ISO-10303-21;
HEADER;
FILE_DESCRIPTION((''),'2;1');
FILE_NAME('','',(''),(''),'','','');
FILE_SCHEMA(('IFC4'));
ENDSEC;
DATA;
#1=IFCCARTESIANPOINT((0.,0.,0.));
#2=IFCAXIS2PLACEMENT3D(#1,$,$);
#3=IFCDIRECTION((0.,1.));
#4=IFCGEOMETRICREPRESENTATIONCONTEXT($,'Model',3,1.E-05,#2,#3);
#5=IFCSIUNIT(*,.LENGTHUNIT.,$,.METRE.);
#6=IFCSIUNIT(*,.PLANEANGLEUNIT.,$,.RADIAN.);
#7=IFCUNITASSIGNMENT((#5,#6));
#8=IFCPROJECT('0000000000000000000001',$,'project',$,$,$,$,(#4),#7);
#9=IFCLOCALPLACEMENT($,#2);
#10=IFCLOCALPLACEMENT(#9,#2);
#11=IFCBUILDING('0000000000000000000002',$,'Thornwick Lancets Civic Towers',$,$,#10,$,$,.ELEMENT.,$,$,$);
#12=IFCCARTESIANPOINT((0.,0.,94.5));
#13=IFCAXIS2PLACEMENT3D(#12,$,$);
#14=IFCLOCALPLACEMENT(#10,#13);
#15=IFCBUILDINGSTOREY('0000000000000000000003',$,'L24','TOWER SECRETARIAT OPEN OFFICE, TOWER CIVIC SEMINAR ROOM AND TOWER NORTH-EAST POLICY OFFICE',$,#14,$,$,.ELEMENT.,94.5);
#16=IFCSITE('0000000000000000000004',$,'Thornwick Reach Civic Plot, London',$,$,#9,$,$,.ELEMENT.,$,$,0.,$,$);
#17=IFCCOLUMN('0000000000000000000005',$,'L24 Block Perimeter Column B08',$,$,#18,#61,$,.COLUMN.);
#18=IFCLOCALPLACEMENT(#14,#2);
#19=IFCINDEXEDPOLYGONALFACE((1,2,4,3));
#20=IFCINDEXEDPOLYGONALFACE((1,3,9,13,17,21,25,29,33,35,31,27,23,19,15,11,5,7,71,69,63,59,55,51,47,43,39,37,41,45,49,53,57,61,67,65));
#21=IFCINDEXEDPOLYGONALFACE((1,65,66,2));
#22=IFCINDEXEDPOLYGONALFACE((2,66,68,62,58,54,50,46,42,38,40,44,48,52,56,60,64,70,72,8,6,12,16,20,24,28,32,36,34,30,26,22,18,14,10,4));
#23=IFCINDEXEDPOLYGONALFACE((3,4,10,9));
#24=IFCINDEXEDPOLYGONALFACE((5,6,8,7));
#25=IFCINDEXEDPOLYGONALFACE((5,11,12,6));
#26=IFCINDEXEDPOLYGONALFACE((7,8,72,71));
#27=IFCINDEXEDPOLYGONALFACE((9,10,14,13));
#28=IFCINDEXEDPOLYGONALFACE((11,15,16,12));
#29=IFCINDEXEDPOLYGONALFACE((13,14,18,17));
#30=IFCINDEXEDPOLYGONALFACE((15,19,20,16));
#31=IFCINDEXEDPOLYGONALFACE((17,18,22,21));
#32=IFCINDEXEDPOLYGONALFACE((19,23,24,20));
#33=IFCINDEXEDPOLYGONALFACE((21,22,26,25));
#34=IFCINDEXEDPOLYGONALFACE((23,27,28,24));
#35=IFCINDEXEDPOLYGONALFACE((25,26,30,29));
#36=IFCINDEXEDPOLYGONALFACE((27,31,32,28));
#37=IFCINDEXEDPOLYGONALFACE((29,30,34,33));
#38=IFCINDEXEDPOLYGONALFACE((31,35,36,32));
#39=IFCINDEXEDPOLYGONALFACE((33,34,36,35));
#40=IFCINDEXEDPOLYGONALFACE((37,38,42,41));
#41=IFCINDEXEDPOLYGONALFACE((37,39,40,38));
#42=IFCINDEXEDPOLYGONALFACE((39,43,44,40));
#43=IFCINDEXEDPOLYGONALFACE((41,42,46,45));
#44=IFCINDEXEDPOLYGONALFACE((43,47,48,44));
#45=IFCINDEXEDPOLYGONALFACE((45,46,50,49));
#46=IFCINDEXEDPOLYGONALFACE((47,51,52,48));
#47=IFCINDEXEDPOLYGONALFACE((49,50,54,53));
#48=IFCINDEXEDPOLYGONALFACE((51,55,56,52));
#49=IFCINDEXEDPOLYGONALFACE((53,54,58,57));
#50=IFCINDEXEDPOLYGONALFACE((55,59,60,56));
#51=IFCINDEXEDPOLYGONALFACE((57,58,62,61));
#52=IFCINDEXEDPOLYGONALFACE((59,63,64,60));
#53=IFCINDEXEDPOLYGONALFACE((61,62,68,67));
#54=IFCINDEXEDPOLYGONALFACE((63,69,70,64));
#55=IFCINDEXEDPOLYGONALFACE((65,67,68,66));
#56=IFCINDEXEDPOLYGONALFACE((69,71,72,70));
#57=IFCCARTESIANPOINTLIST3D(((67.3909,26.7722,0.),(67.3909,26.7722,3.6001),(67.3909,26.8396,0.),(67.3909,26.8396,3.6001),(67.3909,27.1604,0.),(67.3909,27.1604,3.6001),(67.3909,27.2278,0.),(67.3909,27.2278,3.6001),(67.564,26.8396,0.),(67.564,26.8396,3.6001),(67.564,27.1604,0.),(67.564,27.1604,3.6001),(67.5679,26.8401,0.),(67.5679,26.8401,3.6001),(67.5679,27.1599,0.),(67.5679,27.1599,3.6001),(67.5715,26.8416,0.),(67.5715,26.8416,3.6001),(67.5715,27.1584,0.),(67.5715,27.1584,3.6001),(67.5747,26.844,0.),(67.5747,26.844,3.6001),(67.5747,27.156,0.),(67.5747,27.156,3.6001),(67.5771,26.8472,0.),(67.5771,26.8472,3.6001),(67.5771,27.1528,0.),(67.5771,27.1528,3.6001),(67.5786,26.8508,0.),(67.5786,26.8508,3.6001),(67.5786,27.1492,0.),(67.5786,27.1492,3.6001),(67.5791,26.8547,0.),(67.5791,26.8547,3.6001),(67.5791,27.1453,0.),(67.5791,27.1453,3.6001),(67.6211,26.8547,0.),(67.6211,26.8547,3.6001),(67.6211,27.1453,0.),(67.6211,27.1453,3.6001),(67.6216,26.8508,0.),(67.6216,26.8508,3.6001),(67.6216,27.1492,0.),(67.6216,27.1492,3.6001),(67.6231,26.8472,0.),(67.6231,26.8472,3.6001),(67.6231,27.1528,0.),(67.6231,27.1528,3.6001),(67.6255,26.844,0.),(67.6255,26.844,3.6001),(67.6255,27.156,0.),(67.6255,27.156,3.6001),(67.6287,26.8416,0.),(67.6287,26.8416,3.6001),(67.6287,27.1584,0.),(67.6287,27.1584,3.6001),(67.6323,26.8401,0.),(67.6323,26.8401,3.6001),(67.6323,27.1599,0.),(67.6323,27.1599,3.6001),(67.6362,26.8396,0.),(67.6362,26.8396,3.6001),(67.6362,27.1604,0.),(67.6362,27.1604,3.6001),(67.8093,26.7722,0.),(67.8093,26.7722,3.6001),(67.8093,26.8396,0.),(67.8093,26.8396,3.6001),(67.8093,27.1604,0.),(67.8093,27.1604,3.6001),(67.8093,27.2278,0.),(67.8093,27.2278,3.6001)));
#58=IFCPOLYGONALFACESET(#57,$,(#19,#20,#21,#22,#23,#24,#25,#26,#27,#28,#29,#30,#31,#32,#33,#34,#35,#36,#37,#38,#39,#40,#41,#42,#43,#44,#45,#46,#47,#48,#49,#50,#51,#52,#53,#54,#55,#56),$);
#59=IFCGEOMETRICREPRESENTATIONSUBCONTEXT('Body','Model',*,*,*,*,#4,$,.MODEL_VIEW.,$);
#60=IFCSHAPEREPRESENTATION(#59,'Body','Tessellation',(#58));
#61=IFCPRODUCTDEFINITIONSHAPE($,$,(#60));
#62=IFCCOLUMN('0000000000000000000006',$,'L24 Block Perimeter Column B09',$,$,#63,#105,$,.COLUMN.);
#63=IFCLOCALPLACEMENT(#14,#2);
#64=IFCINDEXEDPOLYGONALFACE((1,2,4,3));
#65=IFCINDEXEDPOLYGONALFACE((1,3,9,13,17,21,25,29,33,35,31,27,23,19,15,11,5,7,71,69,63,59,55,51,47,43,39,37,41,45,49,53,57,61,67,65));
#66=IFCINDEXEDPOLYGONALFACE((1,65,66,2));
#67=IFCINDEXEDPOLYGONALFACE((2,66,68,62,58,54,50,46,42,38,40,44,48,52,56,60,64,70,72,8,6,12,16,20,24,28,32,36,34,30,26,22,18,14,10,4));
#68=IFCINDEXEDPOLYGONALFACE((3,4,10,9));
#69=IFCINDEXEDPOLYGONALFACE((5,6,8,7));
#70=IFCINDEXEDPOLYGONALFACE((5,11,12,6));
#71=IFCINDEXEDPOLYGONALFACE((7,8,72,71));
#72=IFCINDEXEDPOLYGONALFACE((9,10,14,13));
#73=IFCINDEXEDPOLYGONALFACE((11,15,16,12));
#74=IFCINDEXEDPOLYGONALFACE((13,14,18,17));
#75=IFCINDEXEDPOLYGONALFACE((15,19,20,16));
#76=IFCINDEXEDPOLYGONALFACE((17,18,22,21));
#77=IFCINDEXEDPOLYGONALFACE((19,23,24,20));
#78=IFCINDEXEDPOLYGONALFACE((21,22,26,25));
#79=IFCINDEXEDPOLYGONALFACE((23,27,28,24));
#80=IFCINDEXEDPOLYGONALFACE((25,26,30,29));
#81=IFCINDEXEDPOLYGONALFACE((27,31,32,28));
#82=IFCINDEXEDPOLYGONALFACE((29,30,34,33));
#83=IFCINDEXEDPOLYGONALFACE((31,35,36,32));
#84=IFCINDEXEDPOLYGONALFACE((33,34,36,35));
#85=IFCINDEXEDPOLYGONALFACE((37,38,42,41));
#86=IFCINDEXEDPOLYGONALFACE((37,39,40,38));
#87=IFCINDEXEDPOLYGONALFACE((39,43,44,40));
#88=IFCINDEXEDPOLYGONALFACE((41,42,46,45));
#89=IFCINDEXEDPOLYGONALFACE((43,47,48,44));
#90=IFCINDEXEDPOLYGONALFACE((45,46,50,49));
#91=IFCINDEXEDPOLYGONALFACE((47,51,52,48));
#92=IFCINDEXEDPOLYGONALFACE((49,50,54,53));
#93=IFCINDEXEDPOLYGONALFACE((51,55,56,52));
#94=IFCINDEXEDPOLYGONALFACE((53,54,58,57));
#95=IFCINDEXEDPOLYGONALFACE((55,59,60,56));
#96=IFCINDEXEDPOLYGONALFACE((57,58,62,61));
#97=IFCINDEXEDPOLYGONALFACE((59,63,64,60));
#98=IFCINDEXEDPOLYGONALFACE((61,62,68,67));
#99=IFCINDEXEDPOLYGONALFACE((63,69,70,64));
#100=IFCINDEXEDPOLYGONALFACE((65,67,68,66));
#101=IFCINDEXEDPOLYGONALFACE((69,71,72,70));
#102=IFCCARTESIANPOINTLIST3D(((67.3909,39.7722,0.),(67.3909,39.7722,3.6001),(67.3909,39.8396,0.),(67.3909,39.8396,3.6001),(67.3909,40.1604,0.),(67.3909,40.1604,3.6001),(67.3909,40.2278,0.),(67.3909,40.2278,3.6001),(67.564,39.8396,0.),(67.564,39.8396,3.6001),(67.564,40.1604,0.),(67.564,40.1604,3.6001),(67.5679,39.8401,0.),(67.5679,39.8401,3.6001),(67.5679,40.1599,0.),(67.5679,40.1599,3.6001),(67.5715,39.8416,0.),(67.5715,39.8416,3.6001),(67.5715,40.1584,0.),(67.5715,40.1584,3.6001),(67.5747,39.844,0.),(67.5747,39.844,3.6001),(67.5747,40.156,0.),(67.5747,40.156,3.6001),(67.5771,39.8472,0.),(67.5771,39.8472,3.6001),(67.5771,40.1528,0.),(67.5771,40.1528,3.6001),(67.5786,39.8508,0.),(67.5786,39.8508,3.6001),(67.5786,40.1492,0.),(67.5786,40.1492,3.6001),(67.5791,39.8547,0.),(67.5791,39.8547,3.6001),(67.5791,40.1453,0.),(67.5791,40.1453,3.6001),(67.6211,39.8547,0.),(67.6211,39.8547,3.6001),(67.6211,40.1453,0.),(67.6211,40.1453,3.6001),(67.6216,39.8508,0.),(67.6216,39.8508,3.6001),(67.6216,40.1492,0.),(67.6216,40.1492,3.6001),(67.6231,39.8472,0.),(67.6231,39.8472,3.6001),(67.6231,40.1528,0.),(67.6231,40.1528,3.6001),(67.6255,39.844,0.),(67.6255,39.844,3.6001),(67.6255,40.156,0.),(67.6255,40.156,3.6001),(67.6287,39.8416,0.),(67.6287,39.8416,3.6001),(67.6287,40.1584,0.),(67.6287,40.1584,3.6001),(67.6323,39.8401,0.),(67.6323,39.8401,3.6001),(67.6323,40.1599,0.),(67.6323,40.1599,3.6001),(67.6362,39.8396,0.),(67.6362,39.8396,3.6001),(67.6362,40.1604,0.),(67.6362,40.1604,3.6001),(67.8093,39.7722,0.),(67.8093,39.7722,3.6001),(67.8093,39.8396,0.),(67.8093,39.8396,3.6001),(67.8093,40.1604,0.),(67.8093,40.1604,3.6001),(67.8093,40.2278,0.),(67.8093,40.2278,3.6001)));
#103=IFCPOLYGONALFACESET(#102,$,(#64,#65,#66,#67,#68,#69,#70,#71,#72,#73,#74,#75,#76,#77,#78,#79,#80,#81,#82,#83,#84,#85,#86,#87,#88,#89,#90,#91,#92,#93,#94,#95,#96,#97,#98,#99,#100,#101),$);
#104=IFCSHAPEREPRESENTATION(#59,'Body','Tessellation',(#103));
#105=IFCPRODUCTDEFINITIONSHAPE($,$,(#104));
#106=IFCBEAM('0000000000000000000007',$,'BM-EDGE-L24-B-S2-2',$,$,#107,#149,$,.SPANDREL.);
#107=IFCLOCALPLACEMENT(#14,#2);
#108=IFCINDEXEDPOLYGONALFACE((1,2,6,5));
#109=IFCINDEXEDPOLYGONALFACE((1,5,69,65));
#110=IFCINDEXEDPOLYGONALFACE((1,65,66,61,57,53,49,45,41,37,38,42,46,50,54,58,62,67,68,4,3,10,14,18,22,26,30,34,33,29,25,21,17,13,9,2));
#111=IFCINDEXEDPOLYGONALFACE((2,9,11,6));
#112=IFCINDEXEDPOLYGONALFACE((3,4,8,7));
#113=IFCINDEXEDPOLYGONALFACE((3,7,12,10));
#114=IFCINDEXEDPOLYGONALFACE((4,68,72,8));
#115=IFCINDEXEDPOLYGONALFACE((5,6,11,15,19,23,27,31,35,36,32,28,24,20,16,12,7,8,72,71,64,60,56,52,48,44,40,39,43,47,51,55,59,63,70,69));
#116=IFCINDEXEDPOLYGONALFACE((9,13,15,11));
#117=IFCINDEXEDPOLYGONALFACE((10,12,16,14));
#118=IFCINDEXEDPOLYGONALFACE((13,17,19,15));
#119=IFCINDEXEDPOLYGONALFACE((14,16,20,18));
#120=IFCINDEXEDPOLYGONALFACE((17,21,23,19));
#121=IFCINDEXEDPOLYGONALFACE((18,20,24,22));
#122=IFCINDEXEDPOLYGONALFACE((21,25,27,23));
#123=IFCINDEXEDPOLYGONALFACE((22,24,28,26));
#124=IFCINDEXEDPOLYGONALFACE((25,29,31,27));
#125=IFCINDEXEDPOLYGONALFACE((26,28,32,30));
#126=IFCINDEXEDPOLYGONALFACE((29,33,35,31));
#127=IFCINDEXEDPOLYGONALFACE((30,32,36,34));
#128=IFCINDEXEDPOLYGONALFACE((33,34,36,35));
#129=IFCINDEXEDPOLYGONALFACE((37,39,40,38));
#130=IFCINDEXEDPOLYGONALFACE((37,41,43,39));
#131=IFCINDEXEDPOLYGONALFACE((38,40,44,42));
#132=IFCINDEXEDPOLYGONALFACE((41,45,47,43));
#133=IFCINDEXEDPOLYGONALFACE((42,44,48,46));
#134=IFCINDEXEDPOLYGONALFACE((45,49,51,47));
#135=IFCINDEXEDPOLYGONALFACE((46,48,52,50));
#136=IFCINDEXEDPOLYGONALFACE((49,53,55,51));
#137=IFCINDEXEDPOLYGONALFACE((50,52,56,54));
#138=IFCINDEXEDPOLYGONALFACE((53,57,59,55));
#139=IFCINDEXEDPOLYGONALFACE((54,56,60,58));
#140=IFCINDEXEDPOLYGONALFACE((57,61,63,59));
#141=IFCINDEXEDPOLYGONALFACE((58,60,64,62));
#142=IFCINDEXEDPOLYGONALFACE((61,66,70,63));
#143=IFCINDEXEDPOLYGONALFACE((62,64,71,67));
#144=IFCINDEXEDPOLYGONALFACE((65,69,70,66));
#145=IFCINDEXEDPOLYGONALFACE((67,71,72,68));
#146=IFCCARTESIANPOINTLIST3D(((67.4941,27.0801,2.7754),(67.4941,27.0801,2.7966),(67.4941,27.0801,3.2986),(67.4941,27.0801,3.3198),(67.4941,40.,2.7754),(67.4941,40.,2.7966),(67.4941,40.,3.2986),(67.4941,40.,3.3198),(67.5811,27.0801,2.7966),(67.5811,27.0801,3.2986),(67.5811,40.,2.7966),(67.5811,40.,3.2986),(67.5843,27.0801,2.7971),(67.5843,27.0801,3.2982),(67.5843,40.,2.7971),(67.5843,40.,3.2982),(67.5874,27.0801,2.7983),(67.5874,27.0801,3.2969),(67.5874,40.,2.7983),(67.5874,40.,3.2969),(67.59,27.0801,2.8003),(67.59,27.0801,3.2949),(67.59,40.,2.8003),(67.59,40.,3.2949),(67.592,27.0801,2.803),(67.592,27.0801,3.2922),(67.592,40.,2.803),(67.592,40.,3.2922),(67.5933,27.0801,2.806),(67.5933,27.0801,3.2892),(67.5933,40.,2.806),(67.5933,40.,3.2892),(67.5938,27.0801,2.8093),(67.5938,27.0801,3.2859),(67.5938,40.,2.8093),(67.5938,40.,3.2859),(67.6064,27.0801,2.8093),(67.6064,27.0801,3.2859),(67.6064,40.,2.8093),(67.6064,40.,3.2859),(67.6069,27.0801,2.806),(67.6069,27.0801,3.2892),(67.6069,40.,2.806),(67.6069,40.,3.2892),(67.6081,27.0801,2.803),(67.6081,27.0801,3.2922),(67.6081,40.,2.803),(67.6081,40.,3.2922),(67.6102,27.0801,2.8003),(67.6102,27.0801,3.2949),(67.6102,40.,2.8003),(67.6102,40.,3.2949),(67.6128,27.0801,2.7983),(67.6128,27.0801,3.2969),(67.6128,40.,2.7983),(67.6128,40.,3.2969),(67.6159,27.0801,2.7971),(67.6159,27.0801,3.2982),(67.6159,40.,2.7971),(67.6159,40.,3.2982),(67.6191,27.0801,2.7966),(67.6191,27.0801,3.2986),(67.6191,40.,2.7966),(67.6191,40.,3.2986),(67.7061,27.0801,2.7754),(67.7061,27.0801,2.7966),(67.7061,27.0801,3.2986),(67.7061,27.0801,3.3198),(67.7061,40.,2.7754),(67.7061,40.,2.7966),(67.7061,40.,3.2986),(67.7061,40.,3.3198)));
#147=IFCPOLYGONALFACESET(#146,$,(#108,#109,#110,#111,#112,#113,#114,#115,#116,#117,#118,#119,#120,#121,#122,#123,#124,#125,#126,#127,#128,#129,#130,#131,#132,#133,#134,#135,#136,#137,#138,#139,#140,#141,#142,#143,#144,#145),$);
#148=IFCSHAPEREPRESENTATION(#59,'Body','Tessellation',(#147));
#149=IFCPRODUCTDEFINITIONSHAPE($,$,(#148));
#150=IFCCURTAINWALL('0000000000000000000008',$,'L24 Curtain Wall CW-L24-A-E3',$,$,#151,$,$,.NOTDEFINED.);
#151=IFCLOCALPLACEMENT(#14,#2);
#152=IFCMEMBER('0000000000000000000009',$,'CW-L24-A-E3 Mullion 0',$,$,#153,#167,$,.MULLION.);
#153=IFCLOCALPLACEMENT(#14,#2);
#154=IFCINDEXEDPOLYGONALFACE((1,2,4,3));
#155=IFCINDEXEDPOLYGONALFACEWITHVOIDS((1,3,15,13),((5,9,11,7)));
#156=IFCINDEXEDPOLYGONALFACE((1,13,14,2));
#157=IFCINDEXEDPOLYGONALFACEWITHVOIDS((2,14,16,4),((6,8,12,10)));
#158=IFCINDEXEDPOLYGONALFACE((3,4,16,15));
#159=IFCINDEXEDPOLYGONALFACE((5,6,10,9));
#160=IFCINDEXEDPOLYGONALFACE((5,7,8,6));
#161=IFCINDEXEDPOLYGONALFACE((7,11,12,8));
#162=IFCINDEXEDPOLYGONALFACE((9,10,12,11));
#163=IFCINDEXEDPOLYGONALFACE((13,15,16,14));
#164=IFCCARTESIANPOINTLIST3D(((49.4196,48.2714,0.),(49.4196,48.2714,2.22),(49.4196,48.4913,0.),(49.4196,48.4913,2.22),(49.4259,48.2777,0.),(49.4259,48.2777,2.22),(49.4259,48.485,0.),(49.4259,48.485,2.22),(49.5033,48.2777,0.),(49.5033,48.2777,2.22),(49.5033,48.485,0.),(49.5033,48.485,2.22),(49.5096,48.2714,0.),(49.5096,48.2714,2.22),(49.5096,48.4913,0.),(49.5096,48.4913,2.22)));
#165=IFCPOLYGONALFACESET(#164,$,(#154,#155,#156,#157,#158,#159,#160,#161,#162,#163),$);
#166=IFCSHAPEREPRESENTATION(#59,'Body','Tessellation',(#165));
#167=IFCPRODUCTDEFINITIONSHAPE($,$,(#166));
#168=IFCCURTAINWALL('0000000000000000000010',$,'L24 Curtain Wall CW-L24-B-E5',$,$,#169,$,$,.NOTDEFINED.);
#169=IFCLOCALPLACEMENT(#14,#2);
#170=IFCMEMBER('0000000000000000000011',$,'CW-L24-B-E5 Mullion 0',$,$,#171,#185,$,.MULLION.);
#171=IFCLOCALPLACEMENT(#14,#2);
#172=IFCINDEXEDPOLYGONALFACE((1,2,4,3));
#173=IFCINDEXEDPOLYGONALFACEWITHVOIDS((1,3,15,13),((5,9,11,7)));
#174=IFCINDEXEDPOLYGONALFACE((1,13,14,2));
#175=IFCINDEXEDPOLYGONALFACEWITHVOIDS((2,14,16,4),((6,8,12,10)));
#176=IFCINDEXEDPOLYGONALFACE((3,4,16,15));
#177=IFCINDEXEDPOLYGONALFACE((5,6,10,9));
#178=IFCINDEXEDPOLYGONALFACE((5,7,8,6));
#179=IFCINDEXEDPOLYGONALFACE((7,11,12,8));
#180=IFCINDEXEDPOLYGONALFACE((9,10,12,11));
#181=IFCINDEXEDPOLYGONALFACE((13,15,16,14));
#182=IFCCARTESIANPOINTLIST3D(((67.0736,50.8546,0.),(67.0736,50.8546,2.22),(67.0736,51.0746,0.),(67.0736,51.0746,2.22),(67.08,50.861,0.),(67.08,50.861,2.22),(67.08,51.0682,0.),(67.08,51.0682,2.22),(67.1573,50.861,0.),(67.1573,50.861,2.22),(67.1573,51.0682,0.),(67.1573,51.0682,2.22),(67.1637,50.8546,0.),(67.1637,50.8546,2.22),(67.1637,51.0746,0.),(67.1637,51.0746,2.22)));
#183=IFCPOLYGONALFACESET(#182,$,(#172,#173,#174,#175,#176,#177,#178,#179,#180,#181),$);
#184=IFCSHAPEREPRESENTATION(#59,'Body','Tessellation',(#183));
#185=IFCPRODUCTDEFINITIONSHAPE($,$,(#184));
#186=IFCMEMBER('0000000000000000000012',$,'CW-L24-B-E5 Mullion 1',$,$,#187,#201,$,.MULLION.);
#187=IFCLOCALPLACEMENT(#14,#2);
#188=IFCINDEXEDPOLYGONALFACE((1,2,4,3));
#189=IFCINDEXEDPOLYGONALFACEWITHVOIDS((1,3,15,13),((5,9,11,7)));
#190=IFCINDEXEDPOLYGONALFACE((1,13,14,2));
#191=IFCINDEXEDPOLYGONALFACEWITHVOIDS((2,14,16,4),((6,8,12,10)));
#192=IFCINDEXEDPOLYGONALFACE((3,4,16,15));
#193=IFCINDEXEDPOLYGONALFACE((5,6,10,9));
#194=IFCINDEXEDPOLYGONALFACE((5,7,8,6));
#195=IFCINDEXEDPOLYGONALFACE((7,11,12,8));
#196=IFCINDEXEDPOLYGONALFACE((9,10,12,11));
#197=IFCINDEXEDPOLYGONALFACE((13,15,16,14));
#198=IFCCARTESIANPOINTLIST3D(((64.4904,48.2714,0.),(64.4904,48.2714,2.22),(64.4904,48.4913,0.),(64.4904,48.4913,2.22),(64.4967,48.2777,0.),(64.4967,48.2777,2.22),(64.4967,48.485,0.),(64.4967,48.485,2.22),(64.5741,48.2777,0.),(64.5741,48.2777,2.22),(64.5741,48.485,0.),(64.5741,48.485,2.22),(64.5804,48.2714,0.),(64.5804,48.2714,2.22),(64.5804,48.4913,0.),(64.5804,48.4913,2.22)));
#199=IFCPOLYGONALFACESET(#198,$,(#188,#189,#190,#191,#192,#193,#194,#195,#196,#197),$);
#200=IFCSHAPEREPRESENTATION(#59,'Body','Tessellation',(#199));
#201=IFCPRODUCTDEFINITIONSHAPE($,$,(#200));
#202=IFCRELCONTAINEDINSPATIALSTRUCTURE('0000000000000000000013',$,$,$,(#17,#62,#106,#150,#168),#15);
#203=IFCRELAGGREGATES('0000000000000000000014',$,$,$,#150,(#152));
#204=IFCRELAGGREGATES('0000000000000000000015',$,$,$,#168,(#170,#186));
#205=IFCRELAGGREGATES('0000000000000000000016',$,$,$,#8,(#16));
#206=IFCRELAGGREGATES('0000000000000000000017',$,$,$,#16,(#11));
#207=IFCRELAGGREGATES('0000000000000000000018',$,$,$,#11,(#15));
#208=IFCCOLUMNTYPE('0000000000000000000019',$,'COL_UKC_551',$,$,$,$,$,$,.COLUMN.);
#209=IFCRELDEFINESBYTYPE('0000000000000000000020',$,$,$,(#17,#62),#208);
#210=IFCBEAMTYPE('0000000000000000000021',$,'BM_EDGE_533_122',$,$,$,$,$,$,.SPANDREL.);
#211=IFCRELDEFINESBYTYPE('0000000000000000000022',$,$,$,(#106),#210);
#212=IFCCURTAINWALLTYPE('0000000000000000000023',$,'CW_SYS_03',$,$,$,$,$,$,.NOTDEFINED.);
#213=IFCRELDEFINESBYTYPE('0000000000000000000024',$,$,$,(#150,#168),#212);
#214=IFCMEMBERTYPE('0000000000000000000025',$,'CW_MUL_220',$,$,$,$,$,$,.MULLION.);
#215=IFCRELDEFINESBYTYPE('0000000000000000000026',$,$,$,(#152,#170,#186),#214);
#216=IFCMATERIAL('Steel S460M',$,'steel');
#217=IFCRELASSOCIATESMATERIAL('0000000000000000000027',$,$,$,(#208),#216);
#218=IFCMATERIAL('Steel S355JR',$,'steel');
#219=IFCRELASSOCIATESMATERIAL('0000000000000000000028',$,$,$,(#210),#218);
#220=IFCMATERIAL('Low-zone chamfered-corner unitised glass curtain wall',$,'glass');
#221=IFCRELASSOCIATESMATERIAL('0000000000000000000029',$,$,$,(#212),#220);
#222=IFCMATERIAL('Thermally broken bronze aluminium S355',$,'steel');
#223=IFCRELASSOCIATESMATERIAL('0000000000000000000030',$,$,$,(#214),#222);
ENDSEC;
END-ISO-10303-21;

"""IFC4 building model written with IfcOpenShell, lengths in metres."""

from ifc_helpers import new_model, si_unit, direction, frame, origin, origin_2d, place, context, subcontext, project, spatial, hollow_rectangle, i_section, extrude, material, material_profile, profile_set, type_object, element, aggregate, save


model = new_model("IFC4")

# Units and contexts
model_context = context("Model", 3, precision=1e-05, world=origin(), true_north=direction((0.0, 1.0)))
body_context = subcontext(model_context, "Body", "Model", "MODEL_VIEW")
ifc_project = project(units=[si_unit("LENGTHUNIT", "METRE"), si_unit("PLANEANGLEUNIT", "RADIAN")], contexts=[model_context])

# Site, building, storey
site_placement = place(None, origin())
site = spatial("IfcSite", under=ifc_project, at=site_placement, Name="Thornwick Reach Civic Plot, London", CompositionType="ELEMENT", RefElevation=0.0)
building_placement = place(site_placement, origin())
building = spatial("IfcBuilding", under=site, at=building_placement, Name="Thornwick Lancets Civic Towers", CompositionType="ELEMENT")
storey_placement = place(building_placement, frame((0.0, 0.0, 94.5)))
storey = spatial("IfcBuildingStorey", under=building, at=storey_placement, Name="L24", Description="TOWER SECRETARIAT OPEN OFFICE, TOWER CIVIC SEMINAR ROOM AND TOWER NORTH-EAST POLICY OFFICE", CompositionType="ELEMENT", Elevation=94.5)

# Columns
ifc_material_1 = material(Name="Steel S460M", Category="steel")
ifc_material_profile_1 = material_profile(ifc_material_1, i_section(OverallWidth=0.4185, OverallDepth=0.4556, WebThickness=0.042, FlangeThickness=0.0674, FilletRadius=0.0151, at=origin_2d()), Name="UKC 356x406x551")
ifc_profile_set_1 = profile_set([ifc_material_profile_1], Name="Steel S460M")
column_type = type_object("IfcColumnType", Name="COL_UKC_551", PredefinedType="COLUMN", material=ifc_profile_set_1)
for number, where, z_axis, x_axis, name in (
    (1, (67.6001, 27.0, 0.0), (0.0, 0.0, 1.0), (1.0, 0.0, 0.0), "L24 Block Perimeter Column B08"),
    (2, (67.6001, 40.0, 0.0), (0.0, 0.0, 1.0), (1.0, 0.0, 0.0), "L24 Block Perimeter Column B09"),
):
    element("IfcColumn", number, at=place(storey_placement, frame(where, z_axis=z_axis, x_axis=x_axis)), inside=storey, type_object=column_type, Name=name, PredefinedType="COLUMN", context=body_context, shape_type="SweptSolid", body=[
        extrude(i_section(OverallWidth=0.4185, OverallDepth=0.4556, WebThickness=0.042, FlangeThickness=0.0674, FilletRadius=0.0151, at=origin_2d()), origin(), (0.0, 0.0, 1.0), 3.6001),
    ])

# Beam
ifc_material_2 = material(Name="Steel S355JR", Category="steel")
ifc_material_profile_2 = material_profile(ifc_material_2, i_section(OverallWidth=0.2119, OverallDepth=0.5444, WebThickness=0.0127, FlangeThickness=0.0212, FilletRadius=0.0127, at=origin_2d()), Name="UKB 533x210x122")
ifc_profile_set_2 = profile_set([ifc_material_profile_2], Name="Steel S355JR")
beam_type = type_object("IfcBeamType", Name="BM_EDGE_533_122", PredefinedType="SPANDREL", material=ifc_profile_set_2)
beam_placement = place(storey_placement, frame((67.6001, 27.0801, 3.0476), z_axis=(0.0, 1.0, 0.0), x_axis=(-1.0, 0.0, 0.0)))
element("IfcBeam", 3, at=beam_placement, inside=storey, type_object=beam_type, Name="BM-EDGE-L24-B-S2-2", PredefinedType="SPANDREL", context=body_context, shape_type="SweptSolid", body=[
    extrude(i_section(OverallWidth=0.2119, OverallDepth=0.5444, WebThickness=0.0127, FlangeThickness=0.0212, FilletRadius=0.0127, at=origin_2d()), origin(), (0.0, 0.0, 1.0), 12.9199),
])

# Curtain wall, member
ifc_material_3 = material(Name="Low-zone chamfered-corner unitised glass curtain wall", Category="glass")
curtain_wall_type = type_object("IfcCurtainWallType", Name="CW_SYS_03", PredefinedType="NOTDEFINED", material=ifc_material_3)
curtain_wall_1_placement = place(storey_placement, origin())
curtain_wall_1 = element("IfcCurtainWall", 4, at=curtain_wall_1_placement, inside=storey, type_object=curtain_wall_type, Name="L24 Curtain Wall CW-L24-A-E3", PredefinedType="NOTDEFINED")
ifc_material_4 = material(Name="Thermally broken bronze aluminium S355", Category="steel")
ifc_material_profile_3 = material_profile(ifc_material_4, hollow_rectangle(XDim=0.0901, YDim=0.22, WallThickness=0.0063, at=origin_2d()), Name="RHS 220x90x6.3")
ifc_profile_set_3 = profile_set([ifc_material_profile_3], Name="Thermally broken bronze aluminium S355")
member_type_1 = type_object("IfcMemberType", Name="CW_MUL_220", PredefinedType="MULLION", material=ifc_profile_set_3)
member_1_placement = place(storey_placement, frame((49.4646, 48.3813, 0.0), z_axis=(0.0, 0.0, 1.0), x_axis=(1.0, 0.0, 0.0)))
member_1 = element("IfcMember", 5, at=member_1_placement, type_object=member_type_1, Name="CW-L24-A-E3 Mullion 0", PredefinedType="MULLION", context=body_context, shape_type="SweptSolid", body=[
    extrude(hollow_rectangle(XDim=0.0901, YDim=0.22, WallThickness=0.0063, at=origin_2d()), origin(), (0.0, 0.0, 1.0), 2.22),
])
aggregate(curtain_wall_1, [member_1])

# Curtain wall, members
curtain_wall_2_placement = place(storey_placement, origin())
curtain_wall_2 = element("IfcCurtainWall", 6, at=curtain_wall_2_placement, inside=storey, type_object=curtain_wall_type, Name="L24 Curtain Wall CW-L24-B-E5", PredefinedType="NOTDEFINED")
member_2_placement = place(storey_placement, frame((67.1187, 50.9646, 0.0), z_axis=(0.0, 0.0, 1.0), x_axis=(1.0, 0.0, 0.0)))
member_2 = element("IfcMember", 7, at=member_2_placement, type_object=member_type_1, Name="CW-L24-B-E5 Mullion 0", PredefinedType="MULLION", context=body_context, shape_type="SweptSolid", body=[
    extrude(hollow_rectangle(XDim=0.0901, YDim=0.22, WallThickness=0.0063, at=origin_2d()), origin(), (0.0, 0.0, 1.0), 2.22),
])
member_3_placement = place(storey_placement, frame((64.5354, 48.3813, 0.0), z_axis=(0.0, 0.0, 1.0), x_axis=(1.0, 0.0, 0.0)))
member_3 = element("IfcMember", 8, at=member_3_placement, type_object=member_type_1, Name="CW-L24-B-E5 Mullion 1", PredefinedType="MULLION", context=body_context, shape_type="SweptSolid", body=[
    extrude(hollow_rectangle(XDim=0.0901, YDim=0.22, WallThickness=0.0063, at=origin_2d()), origin(), (0.0, 0.0, 1.0), 2.22),
])
aggregate(curtain_wall_2, [member_2, member_3])

save(model, "model.ifc")
